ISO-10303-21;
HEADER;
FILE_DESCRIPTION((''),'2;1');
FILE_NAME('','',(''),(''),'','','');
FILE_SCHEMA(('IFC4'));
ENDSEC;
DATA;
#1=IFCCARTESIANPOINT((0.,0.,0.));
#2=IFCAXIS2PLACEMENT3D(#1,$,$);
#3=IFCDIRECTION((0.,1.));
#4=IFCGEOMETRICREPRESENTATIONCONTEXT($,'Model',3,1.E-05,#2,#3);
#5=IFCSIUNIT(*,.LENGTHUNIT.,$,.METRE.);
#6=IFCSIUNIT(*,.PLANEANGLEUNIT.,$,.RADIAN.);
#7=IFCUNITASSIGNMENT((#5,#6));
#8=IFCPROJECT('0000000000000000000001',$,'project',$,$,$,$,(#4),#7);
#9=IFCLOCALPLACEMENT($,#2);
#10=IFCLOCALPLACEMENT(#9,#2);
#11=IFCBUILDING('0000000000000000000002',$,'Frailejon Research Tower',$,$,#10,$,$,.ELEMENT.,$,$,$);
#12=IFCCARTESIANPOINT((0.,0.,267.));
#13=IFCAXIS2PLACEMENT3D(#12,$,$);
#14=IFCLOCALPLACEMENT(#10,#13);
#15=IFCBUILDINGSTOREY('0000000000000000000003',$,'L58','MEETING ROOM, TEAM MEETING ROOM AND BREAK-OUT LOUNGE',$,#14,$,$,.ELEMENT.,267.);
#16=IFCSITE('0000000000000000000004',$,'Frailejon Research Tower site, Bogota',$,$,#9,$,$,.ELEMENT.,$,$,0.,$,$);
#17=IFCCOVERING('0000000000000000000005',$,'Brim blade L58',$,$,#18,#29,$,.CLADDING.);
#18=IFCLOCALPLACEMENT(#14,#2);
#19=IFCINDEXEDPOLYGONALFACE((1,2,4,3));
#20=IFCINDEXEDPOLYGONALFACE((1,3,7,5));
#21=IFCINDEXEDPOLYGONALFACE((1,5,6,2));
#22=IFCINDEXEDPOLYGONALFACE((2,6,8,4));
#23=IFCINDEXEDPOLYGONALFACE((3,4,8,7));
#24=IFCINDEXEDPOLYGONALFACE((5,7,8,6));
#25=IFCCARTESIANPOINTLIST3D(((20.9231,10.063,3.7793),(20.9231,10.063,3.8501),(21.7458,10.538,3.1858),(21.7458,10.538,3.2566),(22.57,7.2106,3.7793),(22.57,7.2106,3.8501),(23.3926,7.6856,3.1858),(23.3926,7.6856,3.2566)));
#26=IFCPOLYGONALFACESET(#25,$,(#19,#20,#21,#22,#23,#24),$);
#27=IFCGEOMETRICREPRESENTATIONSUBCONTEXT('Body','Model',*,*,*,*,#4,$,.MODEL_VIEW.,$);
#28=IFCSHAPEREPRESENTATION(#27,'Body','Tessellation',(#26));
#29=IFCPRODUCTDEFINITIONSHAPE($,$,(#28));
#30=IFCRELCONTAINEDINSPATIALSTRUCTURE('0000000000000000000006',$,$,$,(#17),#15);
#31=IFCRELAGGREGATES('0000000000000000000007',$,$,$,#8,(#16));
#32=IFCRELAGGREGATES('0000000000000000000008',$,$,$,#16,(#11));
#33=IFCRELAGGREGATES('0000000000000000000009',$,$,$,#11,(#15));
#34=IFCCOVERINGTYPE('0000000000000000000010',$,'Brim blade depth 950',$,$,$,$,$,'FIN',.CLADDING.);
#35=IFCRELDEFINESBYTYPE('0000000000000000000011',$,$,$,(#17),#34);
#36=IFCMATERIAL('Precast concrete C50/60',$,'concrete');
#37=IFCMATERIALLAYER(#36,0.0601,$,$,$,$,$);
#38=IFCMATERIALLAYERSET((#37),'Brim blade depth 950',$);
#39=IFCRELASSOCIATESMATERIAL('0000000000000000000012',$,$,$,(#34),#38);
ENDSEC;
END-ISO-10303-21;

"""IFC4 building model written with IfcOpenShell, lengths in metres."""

from ifc_helpers import new_model, si_unit, direction, frame, origin, place, context, subcontext, project, spatial, polyline, outline, extrude, material, layer, layer_set, type_object, element, save


model = new_model("IFC4")

# Units and contexts
model_context = context("Model", 3, precision=1e-05, world=origin(), true_north=direction((0.0, 1.0)))
body_context = subcontext(model_context, "Body", "Model", "MODEL_VIEW")
ifc_project = project(units=[si_unit("LENGTHUNIT", "METRE"), si_unit("PLANEANGLEUNIT", "RADIAN")], contexts=[model_context])

# Site, building, storey
site_placement = place(None, origin())
site = spatial("IfcSite", under=ifc_project, at=site_placement, Name="Frailejon Research Tower site, Bogota", CompositionType="ELEMENT", RefElevation=0.0)
building_placement = place(site_placement, origin())
building = spatial("IfcBuilding", under=site, at=building_placement, Name="Frailejon Research Tower", CompositionType="ELEMENT")
storey_placement = place(building_placement, frame((0.0, 0.0, 267.0)))
storey = spatial("IfcBuildingStorey", under=building, at=storey_placement, Name="L58", Description="MEETING ROOM, TEAM MEETING ROOM AND BREAK-OUT LOUNGE", CompositionType="ELEMENT", Elevation=267.0)

# Covering
ifc_material_1 = material(Name="Precast concrete C50/60", Category="concrete")
ifc_layer_1 = layer(ifc_material_1, 0.0601)
ifc_layer_set_1 = layer_set([ifc_layer_1], Name="Brim blade depth 950")
covering_type_1 = type_object("IfcCoveringType", Name="Brim blade depth 950", ElementType="FIN", PredefinedType="CLADDING", material=ifc_layer_set_1)
covering_1_placement = place(storey_placement, frame((20.9231, 10.063, 3.8501), z_axis=(0.500006, -0.866022, 0.0), x_axis=(0.866022, 0.500006, 0.0)))
element("IfcCovering", 1, at=covering_1_placement, inside=storey, type_object=covering_type_1, Name="Brim blade L58", PredefinedType="CLADDING", context=body_context, shape_type="SweptSolid", body=[
    extrude(outline(polyline([(0.0, -0.0708), (0.95, -0.6643), (0.95, -0.5935), (0.0, 0.0), (0.0, -0.0708)])), origin(), (0.0, 0.0, 1.0), 3.2937),
])

save(model, "model.ifc")
